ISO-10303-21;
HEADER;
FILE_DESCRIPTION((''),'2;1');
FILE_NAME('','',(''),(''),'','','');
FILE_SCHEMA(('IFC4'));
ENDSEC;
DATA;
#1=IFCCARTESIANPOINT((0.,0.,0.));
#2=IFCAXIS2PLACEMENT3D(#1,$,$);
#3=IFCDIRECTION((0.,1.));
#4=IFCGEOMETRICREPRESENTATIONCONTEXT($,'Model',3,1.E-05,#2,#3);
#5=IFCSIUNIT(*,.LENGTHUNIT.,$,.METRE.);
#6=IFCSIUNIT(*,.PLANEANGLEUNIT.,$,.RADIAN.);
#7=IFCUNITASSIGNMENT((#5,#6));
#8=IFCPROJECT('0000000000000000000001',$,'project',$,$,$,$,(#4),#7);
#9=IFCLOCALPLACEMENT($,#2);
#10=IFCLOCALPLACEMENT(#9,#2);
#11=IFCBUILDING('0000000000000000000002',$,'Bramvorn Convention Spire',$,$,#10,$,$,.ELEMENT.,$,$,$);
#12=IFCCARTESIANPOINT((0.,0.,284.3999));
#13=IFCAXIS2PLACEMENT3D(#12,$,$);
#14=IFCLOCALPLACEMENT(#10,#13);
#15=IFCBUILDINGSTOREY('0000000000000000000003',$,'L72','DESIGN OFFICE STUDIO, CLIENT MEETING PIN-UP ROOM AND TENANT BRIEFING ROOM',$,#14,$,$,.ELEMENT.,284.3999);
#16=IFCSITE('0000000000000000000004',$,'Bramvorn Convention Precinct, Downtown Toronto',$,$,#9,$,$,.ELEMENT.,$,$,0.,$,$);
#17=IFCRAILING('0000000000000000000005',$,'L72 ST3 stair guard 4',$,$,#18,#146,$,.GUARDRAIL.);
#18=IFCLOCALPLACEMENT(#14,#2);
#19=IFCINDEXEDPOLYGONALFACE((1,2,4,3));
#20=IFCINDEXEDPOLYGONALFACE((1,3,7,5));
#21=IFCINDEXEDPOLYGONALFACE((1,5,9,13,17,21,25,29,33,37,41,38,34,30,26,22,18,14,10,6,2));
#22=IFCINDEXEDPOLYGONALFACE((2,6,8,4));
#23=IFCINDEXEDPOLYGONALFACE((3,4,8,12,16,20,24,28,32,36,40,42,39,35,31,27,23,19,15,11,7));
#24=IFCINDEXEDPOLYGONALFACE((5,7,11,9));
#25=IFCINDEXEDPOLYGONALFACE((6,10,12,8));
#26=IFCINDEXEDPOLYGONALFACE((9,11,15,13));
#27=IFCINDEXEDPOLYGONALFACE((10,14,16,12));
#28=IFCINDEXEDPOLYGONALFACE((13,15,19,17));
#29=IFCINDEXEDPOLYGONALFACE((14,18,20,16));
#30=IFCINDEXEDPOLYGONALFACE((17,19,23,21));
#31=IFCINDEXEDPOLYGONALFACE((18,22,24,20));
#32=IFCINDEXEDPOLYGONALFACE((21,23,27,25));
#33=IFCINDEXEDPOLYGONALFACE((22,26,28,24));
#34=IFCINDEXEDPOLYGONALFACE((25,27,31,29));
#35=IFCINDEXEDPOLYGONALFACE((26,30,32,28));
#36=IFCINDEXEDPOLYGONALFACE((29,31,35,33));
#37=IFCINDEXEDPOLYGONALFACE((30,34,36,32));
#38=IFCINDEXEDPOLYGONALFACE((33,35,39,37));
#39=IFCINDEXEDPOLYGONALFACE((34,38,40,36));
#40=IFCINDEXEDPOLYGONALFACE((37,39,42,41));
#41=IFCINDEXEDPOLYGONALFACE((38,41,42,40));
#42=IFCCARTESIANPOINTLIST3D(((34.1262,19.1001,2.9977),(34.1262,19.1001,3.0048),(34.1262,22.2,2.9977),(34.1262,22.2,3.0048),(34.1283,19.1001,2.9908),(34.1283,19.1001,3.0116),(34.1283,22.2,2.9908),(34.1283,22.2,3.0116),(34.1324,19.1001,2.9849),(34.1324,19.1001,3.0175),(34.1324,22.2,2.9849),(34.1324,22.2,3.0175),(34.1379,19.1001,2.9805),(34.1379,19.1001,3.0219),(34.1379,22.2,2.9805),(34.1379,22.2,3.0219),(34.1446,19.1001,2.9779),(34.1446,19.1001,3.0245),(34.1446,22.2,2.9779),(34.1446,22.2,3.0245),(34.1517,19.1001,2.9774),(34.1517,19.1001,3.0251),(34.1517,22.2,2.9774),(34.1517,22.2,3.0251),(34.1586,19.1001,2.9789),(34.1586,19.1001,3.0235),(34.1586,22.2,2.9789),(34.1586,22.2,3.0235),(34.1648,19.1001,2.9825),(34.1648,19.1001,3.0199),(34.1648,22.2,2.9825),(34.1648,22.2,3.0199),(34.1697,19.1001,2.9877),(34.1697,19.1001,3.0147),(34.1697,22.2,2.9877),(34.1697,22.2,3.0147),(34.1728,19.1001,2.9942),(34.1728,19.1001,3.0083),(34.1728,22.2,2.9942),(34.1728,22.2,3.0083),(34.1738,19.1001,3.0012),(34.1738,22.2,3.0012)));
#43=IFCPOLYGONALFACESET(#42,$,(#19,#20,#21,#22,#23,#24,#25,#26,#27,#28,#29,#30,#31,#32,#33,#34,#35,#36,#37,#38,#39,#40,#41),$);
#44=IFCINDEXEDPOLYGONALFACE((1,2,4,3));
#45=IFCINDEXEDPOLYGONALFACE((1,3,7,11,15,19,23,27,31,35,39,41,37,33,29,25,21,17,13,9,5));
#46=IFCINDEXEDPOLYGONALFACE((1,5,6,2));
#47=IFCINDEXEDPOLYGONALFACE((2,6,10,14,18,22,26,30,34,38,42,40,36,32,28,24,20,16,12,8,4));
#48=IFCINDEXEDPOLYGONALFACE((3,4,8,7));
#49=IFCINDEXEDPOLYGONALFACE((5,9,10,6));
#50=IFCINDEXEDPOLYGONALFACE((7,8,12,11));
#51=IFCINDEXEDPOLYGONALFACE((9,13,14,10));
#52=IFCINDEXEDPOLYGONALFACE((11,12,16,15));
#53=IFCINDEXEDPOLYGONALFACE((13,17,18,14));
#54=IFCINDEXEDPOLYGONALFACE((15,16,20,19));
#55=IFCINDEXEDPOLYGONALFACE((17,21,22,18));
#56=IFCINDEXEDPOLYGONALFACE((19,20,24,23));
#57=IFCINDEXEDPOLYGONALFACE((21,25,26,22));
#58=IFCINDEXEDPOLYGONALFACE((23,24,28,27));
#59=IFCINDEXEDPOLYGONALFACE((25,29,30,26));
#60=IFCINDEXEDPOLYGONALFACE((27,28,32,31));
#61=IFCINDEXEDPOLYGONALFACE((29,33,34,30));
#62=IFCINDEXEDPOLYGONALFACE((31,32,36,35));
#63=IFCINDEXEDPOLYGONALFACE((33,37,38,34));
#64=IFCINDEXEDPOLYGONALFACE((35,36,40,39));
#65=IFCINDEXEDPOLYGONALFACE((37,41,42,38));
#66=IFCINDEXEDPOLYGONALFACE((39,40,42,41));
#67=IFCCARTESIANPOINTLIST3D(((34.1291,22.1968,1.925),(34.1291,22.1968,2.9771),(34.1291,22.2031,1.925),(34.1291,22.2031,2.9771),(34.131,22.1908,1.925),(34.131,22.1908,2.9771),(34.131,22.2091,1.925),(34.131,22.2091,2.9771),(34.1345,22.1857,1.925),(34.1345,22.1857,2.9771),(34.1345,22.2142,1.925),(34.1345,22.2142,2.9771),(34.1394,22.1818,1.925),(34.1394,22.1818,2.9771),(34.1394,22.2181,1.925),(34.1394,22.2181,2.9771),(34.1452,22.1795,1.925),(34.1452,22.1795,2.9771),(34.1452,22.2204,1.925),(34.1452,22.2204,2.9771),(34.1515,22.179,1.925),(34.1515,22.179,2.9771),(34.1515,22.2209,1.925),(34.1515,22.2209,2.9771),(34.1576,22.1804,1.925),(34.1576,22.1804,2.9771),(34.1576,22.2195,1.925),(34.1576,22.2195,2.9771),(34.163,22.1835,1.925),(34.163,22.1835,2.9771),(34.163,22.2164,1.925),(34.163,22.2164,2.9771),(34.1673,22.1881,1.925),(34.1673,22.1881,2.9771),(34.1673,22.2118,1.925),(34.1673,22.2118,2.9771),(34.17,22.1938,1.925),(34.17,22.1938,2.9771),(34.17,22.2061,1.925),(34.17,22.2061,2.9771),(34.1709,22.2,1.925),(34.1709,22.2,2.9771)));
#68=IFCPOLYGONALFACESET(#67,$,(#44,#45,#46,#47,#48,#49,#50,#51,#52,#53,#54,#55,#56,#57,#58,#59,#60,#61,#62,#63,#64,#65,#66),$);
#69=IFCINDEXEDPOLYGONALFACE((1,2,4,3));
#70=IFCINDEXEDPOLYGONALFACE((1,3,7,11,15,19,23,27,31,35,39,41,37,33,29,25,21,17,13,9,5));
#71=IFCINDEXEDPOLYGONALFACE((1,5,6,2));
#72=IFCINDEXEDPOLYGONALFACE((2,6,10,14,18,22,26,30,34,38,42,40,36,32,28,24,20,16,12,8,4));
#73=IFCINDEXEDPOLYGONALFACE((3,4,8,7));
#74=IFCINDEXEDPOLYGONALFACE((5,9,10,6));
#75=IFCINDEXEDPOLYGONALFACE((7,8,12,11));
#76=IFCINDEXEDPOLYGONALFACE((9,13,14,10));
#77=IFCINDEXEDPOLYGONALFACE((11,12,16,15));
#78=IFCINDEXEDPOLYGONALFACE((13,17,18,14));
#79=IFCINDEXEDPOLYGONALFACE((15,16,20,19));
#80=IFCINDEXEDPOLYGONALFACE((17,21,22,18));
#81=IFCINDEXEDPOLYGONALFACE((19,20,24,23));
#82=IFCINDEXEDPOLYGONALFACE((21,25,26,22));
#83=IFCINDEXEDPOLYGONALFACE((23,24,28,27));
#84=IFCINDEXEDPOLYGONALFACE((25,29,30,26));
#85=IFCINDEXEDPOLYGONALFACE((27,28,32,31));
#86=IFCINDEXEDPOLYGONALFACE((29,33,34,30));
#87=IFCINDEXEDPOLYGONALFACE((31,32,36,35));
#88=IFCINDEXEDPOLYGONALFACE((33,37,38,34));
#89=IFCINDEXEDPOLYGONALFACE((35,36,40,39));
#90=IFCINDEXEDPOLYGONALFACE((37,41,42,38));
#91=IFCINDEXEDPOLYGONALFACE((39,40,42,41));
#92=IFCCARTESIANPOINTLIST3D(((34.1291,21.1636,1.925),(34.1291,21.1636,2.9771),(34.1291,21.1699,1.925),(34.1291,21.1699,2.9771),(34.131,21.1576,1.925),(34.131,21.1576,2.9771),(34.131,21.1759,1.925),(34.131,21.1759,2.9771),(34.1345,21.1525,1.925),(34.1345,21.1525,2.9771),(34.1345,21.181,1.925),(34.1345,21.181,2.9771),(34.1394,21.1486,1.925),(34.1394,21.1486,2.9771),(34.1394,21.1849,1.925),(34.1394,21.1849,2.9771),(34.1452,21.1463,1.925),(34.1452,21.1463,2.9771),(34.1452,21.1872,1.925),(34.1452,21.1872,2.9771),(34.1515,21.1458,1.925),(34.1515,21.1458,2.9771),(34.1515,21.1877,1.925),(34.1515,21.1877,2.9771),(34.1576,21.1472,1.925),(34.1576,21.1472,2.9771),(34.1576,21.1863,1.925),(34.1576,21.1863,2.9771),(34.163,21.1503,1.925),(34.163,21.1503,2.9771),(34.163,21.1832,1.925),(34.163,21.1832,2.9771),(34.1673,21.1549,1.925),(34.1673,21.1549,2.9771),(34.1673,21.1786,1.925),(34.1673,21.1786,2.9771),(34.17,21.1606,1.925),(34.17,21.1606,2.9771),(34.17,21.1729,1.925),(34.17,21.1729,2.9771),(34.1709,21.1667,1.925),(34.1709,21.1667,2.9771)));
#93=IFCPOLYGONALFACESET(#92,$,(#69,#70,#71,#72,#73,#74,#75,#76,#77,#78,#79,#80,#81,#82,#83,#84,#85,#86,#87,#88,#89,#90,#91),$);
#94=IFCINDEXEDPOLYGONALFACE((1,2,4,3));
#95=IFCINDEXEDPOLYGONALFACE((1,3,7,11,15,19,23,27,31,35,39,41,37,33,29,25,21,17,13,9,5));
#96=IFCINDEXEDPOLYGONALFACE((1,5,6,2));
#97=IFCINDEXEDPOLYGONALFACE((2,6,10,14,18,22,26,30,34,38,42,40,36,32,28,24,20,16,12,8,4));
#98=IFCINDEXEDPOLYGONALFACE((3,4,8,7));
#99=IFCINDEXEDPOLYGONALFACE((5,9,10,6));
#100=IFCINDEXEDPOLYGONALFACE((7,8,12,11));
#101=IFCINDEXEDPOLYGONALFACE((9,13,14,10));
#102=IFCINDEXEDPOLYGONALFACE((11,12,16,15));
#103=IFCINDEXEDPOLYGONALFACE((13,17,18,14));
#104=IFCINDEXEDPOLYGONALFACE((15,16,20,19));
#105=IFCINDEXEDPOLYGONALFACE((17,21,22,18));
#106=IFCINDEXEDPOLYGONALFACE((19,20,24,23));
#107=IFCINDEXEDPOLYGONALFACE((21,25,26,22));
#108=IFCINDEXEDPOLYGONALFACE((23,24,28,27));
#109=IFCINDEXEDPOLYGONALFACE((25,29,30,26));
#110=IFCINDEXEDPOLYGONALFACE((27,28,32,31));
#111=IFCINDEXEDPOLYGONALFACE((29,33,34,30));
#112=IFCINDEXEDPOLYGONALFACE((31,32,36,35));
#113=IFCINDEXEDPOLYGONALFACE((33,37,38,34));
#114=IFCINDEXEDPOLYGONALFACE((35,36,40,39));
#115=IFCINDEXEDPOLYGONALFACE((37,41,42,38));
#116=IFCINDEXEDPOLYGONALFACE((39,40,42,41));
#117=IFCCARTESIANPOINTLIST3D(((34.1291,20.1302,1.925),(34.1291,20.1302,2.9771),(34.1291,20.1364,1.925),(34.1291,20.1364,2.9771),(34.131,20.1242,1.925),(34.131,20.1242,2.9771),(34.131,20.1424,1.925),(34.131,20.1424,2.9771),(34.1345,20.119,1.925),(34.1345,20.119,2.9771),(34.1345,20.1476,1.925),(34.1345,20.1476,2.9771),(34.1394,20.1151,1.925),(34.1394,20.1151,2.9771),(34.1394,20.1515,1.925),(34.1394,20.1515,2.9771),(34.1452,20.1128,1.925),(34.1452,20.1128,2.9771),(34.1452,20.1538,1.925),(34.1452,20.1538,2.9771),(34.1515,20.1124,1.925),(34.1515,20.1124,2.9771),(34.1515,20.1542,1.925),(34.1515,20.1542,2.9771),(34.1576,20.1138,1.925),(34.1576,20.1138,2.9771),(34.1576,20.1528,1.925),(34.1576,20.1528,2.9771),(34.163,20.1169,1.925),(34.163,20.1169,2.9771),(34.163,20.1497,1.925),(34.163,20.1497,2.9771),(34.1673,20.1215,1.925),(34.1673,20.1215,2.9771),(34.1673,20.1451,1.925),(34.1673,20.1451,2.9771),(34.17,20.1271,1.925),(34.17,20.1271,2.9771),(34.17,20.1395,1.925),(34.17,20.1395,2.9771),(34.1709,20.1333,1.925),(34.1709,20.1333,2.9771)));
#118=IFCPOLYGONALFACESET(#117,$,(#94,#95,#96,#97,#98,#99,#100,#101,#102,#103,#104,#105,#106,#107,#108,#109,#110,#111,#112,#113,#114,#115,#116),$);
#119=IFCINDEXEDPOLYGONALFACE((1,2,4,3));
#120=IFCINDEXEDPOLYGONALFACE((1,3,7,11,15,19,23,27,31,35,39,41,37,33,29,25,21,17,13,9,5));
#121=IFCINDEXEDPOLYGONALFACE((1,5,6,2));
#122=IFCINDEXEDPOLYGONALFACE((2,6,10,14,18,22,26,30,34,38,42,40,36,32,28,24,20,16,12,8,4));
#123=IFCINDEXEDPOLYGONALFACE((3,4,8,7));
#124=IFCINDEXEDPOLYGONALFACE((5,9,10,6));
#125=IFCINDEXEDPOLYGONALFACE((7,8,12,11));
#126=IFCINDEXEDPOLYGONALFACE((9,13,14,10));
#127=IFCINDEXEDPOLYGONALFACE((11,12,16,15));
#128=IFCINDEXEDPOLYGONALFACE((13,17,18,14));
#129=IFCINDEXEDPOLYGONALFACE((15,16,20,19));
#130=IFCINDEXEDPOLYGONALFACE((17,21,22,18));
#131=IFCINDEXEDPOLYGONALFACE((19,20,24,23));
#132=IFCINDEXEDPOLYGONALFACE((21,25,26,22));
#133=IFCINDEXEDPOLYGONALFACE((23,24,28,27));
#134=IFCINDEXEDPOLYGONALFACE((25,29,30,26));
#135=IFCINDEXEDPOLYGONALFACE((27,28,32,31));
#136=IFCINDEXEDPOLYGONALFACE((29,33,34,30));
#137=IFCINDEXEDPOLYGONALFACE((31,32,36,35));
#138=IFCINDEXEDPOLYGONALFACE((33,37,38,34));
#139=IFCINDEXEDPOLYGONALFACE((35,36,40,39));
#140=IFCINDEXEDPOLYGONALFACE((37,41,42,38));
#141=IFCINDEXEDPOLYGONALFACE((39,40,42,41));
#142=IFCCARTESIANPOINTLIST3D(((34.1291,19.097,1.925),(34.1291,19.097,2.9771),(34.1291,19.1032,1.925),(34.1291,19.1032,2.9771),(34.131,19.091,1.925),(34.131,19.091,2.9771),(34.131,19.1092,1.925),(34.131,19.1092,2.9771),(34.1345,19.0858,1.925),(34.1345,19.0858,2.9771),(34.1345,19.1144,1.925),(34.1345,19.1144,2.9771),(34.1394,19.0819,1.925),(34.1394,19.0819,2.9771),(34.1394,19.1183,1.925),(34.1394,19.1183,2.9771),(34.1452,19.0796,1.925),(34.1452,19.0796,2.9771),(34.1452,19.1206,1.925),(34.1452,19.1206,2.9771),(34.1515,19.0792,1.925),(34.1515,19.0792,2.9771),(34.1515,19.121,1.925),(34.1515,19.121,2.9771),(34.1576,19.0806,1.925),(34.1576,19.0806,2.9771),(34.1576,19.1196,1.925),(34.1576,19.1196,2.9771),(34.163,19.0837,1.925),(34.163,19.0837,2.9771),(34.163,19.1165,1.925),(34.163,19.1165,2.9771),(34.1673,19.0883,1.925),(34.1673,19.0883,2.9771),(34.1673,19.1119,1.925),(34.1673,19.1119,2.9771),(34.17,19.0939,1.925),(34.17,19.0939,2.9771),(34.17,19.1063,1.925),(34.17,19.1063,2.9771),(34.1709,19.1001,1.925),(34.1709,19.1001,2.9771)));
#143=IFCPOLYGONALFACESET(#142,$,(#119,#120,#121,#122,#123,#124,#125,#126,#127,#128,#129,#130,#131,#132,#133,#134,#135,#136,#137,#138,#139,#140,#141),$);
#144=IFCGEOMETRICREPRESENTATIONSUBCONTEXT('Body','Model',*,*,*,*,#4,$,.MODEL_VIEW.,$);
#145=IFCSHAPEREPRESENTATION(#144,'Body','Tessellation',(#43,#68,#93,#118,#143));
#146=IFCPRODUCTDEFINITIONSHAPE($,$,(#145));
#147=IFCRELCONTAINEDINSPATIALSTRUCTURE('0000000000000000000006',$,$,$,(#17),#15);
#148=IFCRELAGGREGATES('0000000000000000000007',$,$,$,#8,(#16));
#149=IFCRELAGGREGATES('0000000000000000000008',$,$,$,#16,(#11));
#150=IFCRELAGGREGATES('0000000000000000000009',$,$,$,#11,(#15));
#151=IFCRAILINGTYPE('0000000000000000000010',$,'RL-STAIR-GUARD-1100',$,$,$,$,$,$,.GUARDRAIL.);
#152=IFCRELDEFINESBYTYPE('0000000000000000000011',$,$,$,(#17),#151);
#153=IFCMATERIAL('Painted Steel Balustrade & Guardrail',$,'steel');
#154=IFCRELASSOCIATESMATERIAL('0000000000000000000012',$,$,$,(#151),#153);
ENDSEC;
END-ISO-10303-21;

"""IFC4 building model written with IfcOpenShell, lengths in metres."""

from ifc_helpers import new_model, si_unit, direction, frame, origin, origin_2d, place, context, subcontext, project, spatial, circle, extrude, material, type_object, element, save


model = new_model("IFC4")

# Units and contexts
model_context = context("Model", 3, precision=1e-05, world=origin(), true_north=direction((0.0, 1.0)))
body_context = subcontext(model_context, "Body", "Model", "MODEL_VIEW")
ifc_project = project(units=[si_unit("LENGTHUNIT", "METRE"), si_unit("PLANEANGLEUNIT", "RADIAN")], contexts=[model_context])

# Site, building, storey
site_placement = place(None, origin())
site = spatial("IfcSite", under=ifc_project, at=site_placement, Name="Bramvorn Convention Precinct, Downtown Toronto", CompositionType="ELEMENT", RefElevation=0.0)
building_placement = place(site_placement, origin())
building = spatial("IfcBuilding", under=site, at=building_placement, Name="Bramvorn Convention Spire", CompositionType="ELEMENT")
storey_placement = place(building_placement, frame((0.0, 0.0, 284.3999)))
storey = spatial("IfcBuildingStorey", under=building, at=storey_placement, Name="L72", Description="DESIGN OFFICE STUDIO, CLIENT MEETING PIN-UP ROOM AND TENANT BRIEFING ROOM", CompositionType="ELEMENT", Elevation=284.3999)

# Railing
ifc_material_1 = material(Name="Painted Steel Balustrade & Guardrail", Category="steel")
railing_type_1 = type_object("IfcRailingType", Name="RL-STAIR-GUARD-1100", PredefinedType="GUARDRAIL", material=ifc_material_1)
for number, where, name in (
    (1, (34.1499, 22.2, 1.925), "L72 ST3 stair guard 4"),
):
    element("IfcRailing", number, at=place(storey_placement, frame(where)), inside=storey, type_object=railing_type_1, Name=name, PredefinedType="GUARDRAIL", context=body_context, shape_type="SweptSolid", body=[
        extrude(circle(Radius=0.0239, at=origin_2d()), frame((0.0, 0.0, 1.0762), z_axis=(0.0, -1.0, 0.0), x_axis=(1.0, 0.0, 0.0)), (0.0, 0.0, 1.0), 3.0999),
        extrude(circle(Radius=0.021, at=origin_2d()), origin(), (0.0, 0.0, 1.0), 1.052),
        extrude(circle(Radius=0.021, at=origin_2d()), frame((0.0, -1.0332, 0.0)), (0.0, 0.0, 1.0), 1.052),
        extrude(circle(Radius=0.021, at=origin_2d()), frame((0.0, -2.0667, 0.0)), (0.0, 0.0, 1.0), 1.052),
        extrude(circle(Radius=0.021, at=origin_2d()), frame((0.0, -3.0999, 0.0)), (0.0, 0.0, 1.0), 1.052),
    ])

save(model, "model.ifc")
